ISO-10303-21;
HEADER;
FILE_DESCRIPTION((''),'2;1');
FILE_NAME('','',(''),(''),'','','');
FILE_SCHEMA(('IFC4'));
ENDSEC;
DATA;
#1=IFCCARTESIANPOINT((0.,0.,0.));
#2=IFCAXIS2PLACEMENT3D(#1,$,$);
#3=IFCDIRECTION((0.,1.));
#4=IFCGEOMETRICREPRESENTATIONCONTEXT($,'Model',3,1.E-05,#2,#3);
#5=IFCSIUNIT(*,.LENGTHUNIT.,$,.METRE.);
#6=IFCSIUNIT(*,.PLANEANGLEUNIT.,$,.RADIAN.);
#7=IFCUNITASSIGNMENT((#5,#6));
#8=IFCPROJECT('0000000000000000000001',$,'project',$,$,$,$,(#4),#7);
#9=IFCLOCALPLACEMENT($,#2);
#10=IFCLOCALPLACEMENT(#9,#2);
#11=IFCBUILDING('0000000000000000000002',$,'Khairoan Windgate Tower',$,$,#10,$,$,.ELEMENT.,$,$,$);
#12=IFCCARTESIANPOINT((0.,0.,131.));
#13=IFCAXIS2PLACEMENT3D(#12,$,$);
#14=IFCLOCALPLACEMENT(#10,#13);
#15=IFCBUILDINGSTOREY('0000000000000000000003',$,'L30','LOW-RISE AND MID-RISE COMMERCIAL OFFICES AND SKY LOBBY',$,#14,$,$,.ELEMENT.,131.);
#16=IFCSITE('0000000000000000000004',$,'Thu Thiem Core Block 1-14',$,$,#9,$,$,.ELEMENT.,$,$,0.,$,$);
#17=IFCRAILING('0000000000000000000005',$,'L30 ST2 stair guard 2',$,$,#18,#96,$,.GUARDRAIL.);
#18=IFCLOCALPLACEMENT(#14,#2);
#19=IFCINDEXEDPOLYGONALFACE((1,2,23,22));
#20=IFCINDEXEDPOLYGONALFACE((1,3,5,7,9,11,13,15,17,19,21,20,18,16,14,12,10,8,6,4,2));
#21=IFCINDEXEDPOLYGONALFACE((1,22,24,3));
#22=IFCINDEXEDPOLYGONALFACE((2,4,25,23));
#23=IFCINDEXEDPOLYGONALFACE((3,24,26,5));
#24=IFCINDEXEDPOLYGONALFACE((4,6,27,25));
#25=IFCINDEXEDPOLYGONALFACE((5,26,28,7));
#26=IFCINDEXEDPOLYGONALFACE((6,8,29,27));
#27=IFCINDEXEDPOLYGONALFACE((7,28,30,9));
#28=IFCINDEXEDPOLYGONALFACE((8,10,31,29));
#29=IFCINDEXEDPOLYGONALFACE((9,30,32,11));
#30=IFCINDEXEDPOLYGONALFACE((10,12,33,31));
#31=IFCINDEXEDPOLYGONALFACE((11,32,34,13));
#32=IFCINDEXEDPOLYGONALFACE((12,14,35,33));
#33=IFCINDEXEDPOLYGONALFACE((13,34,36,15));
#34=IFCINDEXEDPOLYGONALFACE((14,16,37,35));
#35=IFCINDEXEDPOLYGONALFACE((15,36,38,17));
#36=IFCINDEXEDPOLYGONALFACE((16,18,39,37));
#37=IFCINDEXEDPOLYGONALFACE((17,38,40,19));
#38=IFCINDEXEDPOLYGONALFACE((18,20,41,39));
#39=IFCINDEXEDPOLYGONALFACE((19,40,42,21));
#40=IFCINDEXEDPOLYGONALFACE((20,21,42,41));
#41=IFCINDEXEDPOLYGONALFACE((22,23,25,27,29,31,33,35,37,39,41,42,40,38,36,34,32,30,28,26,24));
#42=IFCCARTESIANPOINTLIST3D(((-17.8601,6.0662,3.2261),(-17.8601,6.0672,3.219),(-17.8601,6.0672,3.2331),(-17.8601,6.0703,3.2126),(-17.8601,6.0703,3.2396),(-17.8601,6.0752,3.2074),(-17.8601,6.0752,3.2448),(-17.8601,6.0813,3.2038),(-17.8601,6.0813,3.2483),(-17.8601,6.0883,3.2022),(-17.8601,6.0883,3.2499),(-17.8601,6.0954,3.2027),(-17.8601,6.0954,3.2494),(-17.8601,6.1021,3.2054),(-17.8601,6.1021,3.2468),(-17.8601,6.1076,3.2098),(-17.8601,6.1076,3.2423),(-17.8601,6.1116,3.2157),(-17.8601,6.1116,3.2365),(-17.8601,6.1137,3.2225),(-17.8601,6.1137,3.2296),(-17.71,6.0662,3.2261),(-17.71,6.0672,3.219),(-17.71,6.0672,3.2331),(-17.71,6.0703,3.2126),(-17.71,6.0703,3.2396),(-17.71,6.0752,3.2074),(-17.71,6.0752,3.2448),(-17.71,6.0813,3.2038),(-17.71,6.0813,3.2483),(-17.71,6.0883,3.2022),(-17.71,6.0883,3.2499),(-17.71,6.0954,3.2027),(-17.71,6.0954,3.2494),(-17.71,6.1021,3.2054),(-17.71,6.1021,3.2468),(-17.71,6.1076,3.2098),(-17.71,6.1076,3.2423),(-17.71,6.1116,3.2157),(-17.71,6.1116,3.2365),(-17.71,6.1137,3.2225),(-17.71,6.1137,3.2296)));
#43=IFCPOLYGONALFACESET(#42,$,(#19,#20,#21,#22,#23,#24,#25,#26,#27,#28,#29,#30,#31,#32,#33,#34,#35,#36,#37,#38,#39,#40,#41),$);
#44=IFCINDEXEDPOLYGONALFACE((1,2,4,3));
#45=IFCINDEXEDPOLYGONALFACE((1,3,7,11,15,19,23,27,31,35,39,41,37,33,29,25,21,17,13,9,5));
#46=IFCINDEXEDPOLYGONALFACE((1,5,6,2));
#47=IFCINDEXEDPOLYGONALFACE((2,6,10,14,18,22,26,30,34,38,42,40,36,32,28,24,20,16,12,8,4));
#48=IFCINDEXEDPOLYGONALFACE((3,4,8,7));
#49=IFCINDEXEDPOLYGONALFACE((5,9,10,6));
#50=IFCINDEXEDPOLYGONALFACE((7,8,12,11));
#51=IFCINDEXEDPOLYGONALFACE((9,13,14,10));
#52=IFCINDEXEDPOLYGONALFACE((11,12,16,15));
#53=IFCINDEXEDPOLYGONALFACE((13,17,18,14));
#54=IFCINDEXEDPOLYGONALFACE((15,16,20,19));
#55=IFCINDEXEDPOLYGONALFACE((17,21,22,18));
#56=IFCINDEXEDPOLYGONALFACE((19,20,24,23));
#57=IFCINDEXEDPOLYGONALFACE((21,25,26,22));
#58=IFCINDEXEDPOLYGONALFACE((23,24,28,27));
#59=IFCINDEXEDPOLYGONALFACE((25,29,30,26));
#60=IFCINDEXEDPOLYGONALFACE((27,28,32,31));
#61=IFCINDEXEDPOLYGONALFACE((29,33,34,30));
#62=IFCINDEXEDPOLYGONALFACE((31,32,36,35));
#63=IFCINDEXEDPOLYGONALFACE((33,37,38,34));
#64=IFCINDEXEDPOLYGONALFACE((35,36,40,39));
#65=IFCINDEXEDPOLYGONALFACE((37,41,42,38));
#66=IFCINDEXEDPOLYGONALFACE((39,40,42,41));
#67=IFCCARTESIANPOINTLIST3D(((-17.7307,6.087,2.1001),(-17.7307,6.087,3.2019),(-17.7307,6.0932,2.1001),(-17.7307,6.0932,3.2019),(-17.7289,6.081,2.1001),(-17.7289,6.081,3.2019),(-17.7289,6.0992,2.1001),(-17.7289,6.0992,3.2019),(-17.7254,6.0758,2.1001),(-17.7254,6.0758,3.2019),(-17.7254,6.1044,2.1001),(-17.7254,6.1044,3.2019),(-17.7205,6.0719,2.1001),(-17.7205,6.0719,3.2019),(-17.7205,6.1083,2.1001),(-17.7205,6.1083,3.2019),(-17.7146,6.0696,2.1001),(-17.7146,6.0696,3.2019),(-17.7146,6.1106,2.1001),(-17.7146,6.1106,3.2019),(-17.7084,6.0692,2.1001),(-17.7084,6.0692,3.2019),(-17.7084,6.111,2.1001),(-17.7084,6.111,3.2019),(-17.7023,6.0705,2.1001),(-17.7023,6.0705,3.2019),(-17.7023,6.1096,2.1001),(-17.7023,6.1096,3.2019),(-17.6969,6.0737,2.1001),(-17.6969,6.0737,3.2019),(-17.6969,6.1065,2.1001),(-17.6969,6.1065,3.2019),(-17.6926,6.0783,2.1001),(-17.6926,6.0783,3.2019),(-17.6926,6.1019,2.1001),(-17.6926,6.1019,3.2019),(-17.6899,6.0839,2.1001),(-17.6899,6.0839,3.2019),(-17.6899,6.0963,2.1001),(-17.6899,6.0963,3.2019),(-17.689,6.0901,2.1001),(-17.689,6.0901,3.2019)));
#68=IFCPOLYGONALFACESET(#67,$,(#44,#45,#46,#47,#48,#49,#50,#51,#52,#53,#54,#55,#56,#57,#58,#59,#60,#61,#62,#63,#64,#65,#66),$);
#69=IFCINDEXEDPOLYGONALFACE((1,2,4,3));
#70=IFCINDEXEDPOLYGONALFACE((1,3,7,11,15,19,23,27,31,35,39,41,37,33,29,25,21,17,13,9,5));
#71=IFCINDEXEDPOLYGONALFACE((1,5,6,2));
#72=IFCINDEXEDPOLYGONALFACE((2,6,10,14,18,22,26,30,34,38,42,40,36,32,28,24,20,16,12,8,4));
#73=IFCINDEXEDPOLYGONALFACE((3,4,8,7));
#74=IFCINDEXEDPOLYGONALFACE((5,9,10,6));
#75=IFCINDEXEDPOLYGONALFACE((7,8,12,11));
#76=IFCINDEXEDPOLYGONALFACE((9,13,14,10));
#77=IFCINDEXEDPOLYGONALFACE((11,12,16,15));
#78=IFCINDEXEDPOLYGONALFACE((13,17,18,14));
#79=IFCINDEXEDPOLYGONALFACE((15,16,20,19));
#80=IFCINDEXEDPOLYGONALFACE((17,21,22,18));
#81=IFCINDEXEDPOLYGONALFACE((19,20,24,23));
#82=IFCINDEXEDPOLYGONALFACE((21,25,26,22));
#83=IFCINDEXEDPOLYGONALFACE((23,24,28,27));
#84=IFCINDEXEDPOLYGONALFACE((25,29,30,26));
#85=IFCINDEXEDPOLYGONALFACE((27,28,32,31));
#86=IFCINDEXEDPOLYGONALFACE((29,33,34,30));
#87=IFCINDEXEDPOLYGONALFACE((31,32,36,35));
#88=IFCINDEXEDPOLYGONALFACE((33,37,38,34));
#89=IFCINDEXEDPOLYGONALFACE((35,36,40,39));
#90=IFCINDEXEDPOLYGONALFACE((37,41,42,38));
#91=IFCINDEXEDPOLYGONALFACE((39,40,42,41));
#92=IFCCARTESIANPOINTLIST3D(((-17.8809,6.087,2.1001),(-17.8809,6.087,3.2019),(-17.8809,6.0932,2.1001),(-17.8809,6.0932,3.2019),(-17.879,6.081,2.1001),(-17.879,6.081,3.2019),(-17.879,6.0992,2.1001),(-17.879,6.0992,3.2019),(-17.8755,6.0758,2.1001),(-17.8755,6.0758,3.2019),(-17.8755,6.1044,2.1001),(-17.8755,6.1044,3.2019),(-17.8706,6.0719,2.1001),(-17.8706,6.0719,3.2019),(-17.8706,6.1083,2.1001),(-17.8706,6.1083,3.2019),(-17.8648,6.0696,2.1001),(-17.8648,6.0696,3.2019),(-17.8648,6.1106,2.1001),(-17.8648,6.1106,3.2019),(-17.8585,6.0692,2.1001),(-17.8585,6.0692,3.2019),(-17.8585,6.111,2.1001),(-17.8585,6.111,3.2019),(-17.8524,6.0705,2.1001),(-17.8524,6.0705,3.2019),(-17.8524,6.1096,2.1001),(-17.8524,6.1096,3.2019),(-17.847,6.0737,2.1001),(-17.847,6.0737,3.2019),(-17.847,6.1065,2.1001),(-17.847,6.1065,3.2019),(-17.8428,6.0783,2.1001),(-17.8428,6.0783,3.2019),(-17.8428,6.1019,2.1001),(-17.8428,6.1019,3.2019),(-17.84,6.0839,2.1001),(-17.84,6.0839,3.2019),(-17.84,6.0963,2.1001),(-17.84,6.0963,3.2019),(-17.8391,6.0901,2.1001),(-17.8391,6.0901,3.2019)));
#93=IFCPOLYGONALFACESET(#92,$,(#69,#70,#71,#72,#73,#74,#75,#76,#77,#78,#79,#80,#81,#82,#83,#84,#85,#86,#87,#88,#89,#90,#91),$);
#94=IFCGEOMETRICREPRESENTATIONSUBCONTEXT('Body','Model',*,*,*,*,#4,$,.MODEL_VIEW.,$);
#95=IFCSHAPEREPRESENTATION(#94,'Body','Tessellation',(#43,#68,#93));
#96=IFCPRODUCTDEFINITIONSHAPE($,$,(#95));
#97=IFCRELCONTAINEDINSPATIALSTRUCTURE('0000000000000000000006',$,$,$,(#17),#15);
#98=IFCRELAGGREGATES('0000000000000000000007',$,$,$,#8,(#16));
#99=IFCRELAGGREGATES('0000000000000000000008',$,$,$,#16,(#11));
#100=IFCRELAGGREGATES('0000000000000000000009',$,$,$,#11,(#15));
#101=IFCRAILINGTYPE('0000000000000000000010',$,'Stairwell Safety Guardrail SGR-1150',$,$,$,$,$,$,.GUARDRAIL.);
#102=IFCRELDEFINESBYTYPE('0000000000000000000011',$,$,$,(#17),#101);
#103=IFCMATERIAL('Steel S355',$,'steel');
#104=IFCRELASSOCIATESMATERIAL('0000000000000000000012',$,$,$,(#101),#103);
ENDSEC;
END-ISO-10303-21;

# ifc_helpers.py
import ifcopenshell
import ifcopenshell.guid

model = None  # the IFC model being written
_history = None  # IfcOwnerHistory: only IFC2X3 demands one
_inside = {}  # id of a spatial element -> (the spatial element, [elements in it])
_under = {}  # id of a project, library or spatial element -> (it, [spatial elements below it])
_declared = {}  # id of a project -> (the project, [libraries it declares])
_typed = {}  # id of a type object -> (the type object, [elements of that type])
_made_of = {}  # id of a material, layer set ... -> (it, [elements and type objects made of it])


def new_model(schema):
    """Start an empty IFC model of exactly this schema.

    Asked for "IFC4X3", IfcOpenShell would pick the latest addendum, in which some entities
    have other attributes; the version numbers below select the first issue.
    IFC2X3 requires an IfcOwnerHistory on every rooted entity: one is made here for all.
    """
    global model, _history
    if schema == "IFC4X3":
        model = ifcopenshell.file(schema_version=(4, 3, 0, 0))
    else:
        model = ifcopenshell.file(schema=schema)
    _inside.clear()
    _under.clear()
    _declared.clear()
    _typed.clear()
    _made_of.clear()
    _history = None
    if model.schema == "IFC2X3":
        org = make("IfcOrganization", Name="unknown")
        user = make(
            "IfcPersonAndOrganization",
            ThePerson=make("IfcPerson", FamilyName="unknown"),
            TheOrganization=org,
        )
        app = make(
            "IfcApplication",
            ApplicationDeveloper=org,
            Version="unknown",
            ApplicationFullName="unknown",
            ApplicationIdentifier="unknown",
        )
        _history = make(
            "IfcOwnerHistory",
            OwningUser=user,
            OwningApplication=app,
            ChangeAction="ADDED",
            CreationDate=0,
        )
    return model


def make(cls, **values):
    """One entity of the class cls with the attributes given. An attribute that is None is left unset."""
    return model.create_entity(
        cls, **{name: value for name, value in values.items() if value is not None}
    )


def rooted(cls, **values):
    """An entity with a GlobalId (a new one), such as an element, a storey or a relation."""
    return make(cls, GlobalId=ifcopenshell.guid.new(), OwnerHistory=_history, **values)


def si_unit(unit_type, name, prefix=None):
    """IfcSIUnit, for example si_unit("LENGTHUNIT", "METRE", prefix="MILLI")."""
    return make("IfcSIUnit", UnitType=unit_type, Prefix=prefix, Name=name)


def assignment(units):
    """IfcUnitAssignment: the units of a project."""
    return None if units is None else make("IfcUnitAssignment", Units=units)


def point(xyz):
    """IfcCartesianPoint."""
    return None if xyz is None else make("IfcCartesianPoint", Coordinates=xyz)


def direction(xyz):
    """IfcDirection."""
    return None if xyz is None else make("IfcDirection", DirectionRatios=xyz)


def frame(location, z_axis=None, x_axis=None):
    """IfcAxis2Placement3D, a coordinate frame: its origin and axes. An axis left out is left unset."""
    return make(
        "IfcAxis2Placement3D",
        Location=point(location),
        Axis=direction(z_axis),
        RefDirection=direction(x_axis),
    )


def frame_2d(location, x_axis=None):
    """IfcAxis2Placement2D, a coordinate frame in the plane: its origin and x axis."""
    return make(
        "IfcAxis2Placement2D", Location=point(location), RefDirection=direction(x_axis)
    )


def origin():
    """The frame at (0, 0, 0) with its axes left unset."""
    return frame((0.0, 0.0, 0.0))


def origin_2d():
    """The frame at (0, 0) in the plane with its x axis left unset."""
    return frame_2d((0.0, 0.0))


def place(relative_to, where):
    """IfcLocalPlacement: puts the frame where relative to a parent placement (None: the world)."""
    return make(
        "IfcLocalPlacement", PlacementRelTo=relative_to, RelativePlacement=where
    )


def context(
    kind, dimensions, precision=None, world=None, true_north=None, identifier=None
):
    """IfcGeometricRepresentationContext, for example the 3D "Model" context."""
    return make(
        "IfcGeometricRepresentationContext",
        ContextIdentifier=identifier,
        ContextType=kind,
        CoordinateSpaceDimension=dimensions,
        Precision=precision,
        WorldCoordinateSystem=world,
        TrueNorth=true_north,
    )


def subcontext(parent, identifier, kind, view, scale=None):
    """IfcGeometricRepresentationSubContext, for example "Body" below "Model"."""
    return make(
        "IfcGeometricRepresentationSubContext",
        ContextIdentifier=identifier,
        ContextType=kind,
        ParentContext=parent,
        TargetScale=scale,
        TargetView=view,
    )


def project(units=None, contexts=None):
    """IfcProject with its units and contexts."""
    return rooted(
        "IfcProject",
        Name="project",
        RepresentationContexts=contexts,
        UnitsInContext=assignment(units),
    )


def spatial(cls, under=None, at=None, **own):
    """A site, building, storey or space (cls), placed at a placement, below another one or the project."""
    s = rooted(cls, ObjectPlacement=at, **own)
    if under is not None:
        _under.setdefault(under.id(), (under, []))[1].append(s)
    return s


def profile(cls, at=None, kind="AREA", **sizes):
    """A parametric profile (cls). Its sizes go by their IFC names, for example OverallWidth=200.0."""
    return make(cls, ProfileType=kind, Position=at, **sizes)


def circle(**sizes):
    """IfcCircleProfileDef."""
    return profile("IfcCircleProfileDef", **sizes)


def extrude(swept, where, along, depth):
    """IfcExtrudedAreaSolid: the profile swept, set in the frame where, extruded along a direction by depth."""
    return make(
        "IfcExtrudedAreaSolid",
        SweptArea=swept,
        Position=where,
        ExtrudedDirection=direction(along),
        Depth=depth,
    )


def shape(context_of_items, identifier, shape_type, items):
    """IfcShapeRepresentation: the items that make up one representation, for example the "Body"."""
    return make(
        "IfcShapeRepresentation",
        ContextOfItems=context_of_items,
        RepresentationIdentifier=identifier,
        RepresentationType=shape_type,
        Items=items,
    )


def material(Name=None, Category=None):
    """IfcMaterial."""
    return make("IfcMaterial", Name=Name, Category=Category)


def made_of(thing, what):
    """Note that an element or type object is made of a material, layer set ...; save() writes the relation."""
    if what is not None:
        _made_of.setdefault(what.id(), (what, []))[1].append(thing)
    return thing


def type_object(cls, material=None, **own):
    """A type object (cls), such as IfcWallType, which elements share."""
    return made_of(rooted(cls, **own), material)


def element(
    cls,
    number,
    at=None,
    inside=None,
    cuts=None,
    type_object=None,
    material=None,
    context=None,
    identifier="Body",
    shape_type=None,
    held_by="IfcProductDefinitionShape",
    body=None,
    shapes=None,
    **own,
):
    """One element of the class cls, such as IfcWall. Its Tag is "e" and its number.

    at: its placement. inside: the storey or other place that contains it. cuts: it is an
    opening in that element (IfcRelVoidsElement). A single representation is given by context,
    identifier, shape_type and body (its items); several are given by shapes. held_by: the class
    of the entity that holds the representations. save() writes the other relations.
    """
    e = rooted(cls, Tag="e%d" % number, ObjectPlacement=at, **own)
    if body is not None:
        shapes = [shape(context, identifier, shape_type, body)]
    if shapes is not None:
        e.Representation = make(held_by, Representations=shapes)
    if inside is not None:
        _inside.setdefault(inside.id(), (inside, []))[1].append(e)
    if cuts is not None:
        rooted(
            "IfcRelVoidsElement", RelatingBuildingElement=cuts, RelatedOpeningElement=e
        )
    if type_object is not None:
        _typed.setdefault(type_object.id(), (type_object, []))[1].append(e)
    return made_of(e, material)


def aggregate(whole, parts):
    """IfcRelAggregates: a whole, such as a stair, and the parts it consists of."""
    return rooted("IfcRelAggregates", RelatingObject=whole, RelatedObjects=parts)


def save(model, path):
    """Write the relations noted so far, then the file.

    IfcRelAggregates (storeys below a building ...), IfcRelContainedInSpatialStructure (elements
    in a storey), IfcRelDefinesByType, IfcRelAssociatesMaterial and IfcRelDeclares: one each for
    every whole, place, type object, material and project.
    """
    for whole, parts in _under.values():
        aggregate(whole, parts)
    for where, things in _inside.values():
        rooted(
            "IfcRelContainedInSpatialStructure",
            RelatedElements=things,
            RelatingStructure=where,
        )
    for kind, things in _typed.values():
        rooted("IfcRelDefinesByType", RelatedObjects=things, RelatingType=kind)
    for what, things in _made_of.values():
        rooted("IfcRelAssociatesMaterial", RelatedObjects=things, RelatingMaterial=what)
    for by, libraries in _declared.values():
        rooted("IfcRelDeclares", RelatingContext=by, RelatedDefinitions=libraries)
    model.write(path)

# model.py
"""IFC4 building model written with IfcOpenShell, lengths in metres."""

from ifc_helpers import new_model, si_unit, direction, frame, origin, origin_2d, place, context, subcontext, project, spatial, circle, extrude, material, type_object, element, save


model = new_model("IFC4")

# Units and contexts
model_context = context("Model", 3, precision=1e-05, world=origin(), true_north=direction((0.0, 1.0)))
body_context = subcontext(model_context, "Body", "Model", "MODEL_VIEW")
ifc_project = project(units=[si_unit("LENGTHUNIT", "METRE"), si_unit("PLANEANGLEUNIT", "RADIAN")], contexts=[model_context])

# Site, building, storey
site_placement = place(None, origin())
site = spatial("IfcSite", under=ifc_project, at=site_placement, Name="Thu Thiem Core Block 1-14", CompositionType="ELEMENT", RefElevation=0.0)
building_placement = place(site_placement, origin())
building = spatial("IfcBuilding", under=site, at=building_placement, Name="Khairoan Windgate Tower", CompositionType="ELEMENT")
storey_placement = place(building_placement, frame((0.0, 0.0, 131.0)))
storey = spatial("IfcBuildingStorey", under=building, at=storey_placement, Name="L30", Description="LOW-RISE AND MID-RISE COMMERCIAL OFFICES AND SKY LOBBY", CompositionType="ELEMENT", Elevation=131.0)

# Railing
ifc_material_1 = material(Name="Steel S355", Category="steel")
railing_type_1 = type_object("IfcRailingType", Name="Stairwell Safety Guardrail SGR-1150", PredefinedType="GUARDRAIL", material=ifc_material_1)
railing_1_placement = place(storey_placement, frame((-17.71, 6.0901, 2.1001)))
element("IfcRailing", 1, at=railing_1_placement, inside=storey, type_object=railing_type_1, Name="L30 ST2 stair guard 2", PredefinedType="GUARDRAIL", context=body_context, shape_type="SweptSolid", body=[
    extrude(circle(Radius=0.0239, at=origin_2d()), frame((0.0, 0.0, 1.126), z_axis=(-1.0, 0.0, 0.0), x_axis=(0.0, -1.0, 0.0)), (0.0, 0.0, 1.0), 0.1501),
    extrude(circle(Radius=0.021, at=origin_2d()), origin(), (0.0, 0.0, 1.0), 1.1018),
    extrude(circle(Radius=0.021, at=origin_2d()), frame((-0.1501, 0.0, 0.0)), (0.0, 0.0, 1.0), 1.1018),
])

save(model, "model.ifc")
